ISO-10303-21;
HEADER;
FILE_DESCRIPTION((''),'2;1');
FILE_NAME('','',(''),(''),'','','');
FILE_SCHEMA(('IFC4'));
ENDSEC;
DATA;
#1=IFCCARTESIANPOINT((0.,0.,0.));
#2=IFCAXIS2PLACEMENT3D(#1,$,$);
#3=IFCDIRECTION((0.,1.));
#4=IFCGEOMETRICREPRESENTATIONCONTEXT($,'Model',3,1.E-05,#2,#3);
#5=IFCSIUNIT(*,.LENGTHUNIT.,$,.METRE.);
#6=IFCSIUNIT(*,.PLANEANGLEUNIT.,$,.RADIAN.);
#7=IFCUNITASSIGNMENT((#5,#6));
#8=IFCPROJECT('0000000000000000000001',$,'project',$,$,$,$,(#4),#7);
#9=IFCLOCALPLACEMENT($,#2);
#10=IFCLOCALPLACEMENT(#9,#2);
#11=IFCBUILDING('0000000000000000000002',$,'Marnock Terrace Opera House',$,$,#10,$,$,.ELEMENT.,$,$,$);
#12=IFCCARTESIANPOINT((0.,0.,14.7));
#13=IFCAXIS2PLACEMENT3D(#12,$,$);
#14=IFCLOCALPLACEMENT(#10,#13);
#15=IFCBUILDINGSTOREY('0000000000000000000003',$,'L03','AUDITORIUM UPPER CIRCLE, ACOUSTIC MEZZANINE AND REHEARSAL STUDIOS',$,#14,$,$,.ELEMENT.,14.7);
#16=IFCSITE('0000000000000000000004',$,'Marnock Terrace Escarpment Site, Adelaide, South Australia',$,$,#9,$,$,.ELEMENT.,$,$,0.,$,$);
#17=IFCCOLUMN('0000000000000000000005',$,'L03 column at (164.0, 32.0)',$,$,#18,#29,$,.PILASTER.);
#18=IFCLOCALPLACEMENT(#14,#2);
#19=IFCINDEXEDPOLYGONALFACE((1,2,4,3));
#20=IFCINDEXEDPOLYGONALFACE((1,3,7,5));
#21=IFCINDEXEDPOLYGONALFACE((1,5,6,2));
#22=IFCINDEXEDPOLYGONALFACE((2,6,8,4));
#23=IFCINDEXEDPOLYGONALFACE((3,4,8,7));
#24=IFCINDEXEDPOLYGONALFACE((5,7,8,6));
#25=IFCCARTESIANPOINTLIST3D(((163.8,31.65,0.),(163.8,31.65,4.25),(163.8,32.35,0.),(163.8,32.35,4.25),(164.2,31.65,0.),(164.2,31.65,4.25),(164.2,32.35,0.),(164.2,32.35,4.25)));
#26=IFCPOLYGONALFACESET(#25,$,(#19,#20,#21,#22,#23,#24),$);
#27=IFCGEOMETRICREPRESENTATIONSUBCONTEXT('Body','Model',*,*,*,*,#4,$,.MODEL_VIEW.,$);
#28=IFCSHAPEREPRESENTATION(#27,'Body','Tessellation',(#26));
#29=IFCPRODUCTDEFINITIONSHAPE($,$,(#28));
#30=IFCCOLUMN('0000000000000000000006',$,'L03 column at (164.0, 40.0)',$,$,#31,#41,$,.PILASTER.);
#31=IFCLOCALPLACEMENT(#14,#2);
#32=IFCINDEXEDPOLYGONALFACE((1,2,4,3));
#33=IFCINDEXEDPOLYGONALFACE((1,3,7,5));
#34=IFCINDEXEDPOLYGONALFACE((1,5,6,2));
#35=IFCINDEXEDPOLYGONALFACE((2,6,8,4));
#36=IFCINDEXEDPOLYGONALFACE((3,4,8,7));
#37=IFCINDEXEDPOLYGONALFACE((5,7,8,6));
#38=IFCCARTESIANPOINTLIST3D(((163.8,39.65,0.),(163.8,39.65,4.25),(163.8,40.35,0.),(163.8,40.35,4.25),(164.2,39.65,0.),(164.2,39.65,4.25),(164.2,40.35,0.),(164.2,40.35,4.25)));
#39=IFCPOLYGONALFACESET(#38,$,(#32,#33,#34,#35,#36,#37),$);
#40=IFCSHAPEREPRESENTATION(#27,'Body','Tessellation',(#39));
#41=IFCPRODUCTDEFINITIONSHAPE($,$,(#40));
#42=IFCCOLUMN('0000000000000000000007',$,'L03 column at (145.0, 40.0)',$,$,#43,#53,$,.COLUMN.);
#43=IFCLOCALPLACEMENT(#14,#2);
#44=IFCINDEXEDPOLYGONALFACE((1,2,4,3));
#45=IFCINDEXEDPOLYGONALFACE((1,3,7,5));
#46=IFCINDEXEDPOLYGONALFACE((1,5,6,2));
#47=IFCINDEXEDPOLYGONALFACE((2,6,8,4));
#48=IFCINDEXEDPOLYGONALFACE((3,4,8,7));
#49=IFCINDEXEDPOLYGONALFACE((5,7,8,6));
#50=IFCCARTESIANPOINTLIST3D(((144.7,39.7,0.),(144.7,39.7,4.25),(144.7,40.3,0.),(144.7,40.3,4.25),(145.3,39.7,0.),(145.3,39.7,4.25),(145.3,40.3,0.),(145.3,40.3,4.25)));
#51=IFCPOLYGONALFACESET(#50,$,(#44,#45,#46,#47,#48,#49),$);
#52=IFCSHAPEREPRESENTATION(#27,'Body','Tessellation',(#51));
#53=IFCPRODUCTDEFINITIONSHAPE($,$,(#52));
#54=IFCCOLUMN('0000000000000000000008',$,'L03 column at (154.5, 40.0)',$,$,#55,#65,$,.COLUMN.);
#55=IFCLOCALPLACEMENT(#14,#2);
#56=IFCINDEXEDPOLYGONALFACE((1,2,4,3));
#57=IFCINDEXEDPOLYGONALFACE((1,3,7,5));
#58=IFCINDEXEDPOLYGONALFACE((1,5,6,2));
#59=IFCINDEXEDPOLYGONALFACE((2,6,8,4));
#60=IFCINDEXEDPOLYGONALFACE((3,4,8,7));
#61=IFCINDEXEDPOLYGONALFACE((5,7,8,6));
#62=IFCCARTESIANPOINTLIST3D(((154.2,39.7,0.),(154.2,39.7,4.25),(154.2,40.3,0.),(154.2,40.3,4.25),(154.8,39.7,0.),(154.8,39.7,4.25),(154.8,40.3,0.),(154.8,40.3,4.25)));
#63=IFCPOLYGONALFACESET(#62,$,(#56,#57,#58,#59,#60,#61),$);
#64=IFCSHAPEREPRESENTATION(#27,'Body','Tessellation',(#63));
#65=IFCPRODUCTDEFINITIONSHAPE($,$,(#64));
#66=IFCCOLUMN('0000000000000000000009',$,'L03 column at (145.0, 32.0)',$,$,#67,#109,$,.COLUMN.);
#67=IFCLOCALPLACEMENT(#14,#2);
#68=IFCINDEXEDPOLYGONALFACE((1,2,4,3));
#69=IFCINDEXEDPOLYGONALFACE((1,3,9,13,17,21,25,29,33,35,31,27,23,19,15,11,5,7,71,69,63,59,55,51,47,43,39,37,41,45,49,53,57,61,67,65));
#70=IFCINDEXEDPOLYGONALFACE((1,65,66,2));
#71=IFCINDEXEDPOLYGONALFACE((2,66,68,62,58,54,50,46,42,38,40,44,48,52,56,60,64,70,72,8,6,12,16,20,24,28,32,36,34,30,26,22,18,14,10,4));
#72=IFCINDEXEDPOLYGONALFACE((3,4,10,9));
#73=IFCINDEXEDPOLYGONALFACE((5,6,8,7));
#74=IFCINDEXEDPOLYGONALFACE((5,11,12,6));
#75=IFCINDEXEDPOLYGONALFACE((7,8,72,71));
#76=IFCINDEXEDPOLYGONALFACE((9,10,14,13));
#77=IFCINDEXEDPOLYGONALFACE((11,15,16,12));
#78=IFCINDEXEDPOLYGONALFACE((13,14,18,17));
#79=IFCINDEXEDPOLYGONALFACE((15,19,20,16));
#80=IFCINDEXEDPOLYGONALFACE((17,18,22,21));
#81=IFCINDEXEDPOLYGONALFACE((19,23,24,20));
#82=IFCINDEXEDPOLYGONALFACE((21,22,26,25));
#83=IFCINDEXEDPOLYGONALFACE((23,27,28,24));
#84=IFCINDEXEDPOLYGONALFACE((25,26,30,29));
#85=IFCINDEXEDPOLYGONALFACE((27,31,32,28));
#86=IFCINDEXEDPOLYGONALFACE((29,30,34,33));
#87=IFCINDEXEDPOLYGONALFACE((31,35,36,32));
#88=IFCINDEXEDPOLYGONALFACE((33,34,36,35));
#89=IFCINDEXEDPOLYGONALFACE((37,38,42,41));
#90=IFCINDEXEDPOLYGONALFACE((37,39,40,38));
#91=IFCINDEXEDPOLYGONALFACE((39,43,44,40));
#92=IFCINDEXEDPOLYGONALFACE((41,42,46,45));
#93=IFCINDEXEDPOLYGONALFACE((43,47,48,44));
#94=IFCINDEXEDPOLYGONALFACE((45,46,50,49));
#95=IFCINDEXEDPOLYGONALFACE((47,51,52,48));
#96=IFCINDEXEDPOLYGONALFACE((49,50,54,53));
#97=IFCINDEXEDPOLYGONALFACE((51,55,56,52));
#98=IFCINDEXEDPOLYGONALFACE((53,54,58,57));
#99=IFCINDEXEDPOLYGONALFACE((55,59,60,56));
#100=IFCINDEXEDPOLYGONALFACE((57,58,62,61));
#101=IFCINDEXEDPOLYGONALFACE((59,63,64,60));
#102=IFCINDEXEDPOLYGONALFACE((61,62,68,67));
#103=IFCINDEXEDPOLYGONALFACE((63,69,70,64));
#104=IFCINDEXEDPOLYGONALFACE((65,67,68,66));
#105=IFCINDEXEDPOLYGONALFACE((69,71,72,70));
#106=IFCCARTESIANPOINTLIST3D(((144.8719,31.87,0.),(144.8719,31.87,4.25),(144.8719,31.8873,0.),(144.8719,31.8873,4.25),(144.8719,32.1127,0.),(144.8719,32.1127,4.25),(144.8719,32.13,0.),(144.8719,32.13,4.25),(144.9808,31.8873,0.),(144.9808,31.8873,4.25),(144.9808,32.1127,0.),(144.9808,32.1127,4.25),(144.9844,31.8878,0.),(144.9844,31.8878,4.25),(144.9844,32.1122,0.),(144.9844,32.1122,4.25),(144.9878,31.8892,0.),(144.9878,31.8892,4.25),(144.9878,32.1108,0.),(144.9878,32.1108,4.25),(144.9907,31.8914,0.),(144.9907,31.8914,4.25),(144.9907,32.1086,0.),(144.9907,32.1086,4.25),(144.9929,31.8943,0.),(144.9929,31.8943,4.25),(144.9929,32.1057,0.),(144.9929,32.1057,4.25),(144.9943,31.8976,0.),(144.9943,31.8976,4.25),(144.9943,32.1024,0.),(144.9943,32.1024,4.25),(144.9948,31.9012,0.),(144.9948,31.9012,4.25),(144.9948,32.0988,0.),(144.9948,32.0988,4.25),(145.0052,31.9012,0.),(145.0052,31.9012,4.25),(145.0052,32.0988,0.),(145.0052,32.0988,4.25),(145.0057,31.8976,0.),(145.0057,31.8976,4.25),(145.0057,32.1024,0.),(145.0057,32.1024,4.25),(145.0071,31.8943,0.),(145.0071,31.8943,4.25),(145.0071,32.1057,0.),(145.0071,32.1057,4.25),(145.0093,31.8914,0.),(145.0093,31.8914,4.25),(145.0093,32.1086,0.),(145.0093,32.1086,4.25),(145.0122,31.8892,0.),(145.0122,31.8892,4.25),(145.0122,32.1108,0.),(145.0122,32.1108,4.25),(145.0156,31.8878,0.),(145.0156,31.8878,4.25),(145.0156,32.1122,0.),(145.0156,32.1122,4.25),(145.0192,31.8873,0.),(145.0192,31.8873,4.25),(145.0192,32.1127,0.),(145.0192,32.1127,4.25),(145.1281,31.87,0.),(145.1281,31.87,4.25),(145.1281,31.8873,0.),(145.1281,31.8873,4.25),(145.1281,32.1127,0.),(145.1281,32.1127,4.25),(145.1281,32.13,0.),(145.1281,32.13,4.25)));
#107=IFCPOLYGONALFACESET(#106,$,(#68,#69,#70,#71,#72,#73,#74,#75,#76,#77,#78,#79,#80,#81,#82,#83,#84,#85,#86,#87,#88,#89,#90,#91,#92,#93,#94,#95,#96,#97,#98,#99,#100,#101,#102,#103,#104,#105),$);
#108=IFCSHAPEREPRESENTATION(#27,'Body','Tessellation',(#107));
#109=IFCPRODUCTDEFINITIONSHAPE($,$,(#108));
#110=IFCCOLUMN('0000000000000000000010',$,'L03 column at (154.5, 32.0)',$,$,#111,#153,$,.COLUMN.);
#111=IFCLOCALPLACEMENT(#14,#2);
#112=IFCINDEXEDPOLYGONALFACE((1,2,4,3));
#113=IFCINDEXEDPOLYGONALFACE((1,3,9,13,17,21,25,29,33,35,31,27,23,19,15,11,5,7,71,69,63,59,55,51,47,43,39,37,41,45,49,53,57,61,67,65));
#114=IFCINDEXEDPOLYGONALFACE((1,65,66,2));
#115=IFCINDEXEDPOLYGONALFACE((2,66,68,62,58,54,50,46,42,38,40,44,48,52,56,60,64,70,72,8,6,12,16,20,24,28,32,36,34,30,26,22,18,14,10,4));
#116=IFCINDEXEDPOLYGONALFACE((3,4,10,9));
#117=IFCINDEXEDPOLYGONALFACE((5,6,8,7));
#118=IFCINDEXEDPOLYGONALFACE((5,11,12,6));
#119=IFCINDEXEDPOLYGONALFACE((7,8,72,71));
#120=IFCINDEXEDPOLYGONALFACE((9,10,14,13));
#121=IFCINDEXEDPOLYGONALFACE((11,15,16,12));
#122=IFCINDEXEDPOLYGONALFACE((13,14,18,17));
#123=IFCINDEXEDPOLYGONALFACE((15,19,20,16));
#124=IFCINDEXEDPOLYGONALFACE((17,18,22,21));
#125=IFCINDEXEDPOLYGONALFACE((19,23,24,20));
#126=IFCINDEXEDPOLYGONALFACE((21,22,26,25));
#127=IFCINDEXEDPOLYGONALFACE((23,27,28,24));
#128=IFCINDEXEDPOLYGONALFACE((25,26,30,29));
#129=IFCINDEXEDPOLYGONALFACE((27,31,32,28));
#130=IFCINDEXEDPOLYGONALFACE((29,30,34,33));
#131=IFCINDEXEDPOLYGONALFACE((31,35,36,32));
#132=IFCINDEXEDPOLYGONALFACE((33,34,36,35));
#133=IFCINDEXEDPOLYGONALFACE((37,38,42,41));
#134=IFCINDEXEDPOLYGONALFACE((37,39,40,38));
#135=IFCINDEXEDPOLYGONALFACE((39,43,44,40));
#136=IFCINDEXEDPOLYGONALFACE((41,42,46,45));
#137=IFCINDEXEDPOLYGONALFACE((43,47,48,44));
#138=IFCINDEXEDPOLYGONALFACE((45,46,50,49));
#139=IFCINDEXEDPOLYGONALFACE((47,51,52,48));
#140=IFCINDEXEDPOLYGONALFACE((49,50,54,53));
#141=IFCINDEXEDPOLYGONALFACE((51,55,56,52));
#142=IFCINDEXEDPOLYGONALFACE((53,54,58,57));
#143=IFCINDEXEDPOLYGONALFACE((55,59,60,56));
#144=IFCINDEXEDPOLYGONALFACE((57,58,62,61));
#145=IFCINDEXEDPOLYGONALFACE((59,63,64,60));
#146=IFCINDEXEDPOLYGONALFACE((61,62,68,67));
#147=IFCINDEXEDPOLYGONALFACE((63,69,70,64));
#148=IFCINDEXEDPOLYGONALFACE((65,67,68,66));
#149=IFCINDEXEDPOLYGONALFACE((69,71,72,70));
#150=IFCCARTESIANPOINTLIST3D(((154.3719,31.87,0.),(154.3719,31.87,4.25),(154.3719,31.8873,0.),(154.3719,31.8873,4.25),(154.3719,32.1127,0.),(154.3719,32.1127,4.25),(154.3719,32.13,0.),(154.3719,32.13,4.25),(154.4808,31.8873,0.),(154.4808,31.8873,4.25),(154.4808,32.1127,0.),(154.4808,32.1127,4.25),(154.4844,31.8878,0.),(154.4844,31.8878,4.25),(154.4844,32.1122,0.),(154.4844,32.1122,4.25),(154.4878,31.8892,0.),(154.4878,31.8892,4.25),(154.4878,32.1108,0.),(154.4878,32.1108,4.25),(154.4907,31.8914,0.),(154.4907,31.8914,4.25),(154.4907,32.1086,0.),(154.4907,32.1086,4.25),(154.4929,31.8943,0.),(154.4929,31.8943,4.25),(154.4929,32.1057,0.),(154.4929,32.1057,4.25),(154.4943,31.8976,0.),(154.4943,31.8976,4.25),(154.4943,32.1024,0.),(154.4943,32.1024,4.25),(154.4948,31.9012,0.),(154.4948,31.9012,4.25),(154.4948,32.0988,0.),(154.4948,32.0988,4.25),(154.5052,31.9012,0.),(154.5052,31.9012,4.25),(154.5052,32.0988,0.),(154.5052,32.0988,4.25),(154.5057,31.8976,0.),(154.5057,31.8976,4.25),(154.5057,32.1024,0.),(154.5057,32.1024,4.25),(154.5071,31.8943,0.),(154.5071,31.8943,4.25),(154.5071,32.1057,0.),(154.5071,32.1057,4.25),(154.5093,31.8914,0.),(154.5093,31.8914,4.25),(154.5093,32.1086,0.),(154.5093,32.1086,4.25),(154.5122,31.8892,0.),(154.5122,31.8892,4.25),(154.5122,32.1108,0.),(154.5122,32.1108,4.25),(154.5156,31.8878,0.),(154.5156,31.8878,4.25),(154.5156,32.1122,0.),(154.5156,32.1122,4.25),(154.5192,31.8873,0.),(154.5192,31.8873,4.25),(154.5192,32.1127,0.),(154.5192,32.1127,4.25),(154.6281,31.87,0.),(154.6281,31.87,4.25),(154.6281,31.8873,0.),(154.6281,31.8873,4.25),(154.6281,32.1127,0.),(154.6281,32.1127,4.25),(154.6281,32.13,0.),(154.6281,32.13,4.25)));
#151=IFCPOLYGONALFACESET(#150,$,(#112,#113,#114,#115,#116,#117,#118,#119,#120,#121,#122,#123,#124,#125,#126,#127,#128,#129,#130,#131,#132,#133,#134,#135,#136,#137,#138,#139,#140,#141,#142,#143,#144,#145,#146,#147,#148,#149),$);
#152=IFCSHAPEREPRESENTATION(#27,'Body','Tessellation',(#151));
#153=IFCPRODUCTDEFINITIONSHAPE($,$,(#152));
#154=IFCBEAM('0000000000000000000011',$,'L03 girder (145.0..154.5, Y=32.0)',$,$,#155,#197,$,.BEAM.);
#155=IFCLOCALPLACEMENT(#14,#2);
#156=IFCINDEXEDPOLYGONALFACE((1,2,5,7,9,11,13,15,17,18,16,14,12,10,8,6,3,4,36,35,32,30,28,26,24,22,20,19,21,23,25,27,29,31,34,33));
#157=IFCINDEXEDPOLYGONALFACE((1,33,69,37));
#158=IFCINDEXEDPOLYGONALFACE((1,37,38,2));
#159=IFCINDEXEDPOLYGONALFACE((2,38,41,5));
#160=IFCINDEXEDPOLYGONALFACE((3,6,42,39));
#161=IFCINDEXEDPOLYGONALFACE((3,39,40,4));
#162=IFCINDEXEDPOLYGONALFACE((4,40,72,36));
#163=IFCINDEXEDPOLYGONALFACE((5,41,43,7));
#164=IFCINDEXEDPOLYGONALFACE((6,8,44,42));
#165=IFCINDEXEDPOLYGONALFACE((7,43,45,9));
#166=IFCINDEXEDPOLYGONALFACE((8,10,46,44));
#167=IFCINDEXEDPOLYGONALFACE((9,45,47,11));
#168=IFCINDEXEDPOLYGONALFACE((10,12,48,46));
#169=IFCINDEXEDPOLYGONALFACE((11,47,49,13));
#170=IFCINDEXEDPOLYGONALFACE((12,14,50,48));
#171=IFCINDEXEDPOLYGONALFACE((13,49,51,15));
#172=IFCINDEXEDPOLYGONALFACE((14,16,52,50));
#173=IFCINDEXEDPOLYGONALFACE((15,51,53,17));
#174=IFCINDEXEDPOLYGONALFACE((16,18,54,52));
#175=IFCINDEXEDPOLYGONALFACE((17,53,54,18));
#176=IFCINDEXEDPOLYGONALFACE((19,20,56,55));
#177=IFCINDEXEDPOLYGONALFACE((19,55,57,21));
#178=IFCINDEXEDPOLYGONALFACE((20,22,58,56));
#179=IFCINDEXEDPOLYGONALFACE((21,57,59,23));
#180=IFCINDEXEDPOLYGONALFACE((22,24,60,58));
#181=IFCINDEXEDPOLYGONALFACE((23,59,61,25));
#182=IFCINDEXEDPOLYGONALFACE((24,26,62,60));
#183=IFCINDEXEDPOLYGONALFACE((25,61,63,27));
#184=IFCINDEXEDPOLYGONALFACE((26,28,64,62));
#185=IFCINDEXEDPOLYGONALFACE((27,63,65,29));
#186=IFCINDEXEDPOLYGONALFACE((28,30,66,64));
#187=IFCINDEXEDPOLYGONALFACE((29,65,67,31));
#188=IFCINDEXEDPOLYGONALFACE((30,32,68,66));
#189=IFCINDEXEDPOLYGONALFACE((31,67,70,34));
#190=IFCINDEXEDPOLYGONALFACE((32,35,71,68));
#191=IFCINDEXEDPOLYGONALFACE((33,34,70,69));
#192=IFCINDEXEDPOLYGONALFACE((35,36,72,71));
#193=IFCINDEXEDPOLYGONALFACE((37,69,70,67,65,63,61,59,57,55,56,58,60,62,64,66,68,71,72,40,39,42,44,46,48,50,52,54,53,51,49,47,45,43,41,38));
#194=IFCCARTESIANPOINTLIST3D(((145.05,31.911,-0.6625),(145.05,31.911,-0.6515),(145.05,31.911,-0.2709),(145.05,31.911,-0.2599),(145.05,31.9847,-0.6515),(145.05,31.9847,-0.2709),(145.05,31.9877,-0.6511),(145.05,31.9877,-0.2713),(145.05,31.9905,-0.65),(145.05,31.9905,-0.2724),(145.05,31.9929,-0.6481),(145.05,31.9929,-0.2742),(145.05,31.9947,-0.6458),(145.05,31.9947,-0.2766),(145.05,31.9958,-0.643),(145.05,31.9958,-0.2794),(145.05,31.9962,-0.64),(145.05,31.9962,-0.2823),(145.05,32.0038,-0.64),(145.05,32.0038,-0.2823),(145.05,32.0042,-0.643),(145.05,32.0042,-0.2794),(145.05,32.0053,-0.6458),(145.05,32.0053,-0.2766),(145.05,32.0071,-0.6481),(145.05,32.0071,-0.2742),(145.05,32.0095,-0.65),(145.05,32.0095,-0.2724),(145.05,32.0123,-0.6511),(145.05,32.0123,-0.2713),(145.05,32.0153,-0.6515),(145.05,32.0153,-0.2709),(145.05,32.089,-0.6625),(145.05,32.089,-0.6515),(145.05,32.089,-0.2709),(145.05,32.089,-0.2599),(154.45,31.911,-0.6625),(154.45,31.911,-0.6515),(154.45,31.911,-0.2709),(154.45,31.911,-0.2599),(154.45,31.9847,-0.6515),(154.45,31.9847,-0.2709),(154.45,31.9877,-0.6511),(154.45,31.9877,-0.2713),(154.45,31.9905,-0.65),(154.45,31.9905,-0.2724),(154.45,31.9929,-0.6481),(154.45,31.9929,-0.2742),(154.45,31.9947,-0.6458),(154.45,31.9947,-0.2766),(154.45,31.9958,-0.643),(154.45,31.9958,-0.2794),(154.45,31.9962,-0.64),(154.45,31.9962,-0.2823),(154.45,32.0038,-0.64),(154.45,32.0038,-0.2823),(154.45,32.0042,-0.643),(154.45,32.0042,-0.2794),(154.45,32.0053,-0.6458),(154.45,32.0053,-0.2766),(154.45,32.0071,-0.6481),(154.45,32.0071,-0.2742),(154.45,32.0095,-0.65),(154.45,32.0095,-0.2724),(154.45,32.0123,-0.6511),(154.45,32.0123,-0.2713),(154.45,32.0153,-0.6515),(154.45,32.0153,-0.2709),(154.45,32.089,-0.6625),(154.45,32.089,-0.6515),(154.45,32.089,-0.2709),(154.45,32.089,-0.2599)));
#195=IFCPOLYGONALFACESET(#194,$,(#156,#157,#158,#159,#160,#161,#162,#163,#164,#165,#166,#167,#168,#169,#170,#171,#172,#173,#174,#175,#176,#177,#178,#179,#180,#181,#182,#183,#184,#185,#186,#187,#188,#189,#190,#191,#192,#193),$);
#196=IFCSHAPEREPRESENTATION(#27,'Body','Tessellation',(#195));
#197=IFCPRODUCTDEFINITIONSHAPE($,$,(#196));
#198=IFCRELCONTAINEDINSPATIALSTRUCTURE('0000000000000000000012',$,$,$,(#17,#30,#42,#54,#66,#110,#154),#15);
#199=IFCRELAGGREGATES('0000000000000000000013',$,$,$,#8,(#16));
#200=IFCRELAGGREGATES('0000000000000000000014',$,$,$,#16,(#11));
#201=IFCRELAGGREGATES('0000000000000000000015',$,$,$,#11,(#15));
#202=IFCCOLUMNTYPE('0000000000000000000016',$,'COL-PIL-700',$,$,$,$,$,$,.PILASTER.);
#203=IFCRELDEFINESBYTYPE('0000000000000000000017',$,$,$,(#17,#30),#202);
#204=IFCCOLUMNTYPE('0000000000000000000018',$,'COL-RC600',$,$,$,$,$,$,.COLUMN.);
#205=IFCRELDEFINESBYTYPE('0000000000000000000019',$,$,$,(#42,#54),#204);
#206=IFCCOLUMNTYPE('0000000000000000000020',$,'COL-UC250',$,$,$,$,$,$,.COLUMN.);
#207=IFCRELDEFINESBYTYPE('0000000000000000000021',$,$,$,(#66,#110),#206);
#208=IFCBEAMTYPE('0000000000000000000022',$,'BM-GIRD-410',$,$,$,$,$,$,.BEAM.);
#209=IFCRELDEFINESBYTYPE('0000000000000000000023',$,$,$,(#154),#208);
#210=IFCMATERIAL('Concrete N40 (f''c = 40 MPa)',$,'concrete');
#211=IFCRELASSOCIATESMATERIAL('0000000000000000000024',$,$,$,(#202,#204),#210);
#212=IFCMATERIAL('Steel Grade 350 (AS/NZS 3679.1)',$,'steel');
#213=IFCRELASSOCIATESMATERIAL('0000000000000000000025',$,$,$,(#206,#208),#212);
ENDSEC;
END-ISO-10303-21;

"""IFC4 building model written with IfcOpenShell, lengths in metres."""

from ifc_helpers import new_model, si_unit, direction, frame, origin, origin_2d, place, context, subcontext, project, spatial, rectangle, i_section, extrude, material, material_profile, profile_set, type_object, element, save


model = new_model("IFC4")

# Units and contexts
model_context = context("Model", 3, precision=1e-05, world=origin(), true_north=direction((0.0, 1.0)))
body_context = subcontext(model_context, "Body", "Model", "MODEL_VIEW")
ifc_project = project(units=[si_unit("LENGTHUNIT", "METRE"), si_unit("PLANEANGLEUNIT", "RADIAN")], contexts=[model_context])

# Site, building, storey
site_placement = place(None, origin())
site = spatial("IfcSite", under=ifc_project, at=site_placement, Name="Marnock Terrace Escarpment Site, Adelaide, South Australia", CompositionType="ELEMENT", RefElevation=0.0)
building_placement = place(site_placement, origin())
building = spatial("IfcBuilding", under=site, at=building_placement, Name="Marnock Terrace Opera House", CompositionType="ELEMENT")
storey_placement = place(building_placement, frame((0.0, 0.0, 14.7)))
storey = spatial("IfcBuildingStorey", under=building, at=storey_placement, Name="L03", Description="AUDITORIUM UPPER CIRCLE, ACOUSTIC MEZZANINE AND REHEARSAL STUDIOS", CompositionType="ELEMENT", Elevation=14.7)

# Columns
ifc_material_1 = material(Name="Concrete N40 (f'c = 40 MPa)", Category="concrete")
ifc_material_profile_1 = material_profile(ifc_material_1, rectangle(XDim=0.3999, YDim=0.7, at=origin_2d()))
ifc_profile_set_1 = profile_set([ifc_material_profile_1], Name="Concrete N40 (f'c = 40 MPa)")
column_type_1 = type_object("IfcColumnType", Name="COL-PIL-700", PredefinedType="PILASTER", material=ifc_profile_set_1)
for number, where, z_axis, x_axis, name in (
    (1, (164.0, 32.0, 0.0), (0.0, 0.0, 1.0), (1.0, 0.0, 0.0), "L03 column at (164.0, 32.0)"),
    (2, (164.0, 40.0, 0.0), (0.0, 0.0, 1.0), (1.0, 0.0, 0.0), "L03 column at (164.0, 40.0)"),
):
    element("IfcColumn", number, at=place(storey_placement, frame(where, z_axis=z_axis, x_axis=x_axis)), inside=storey, type_object=column_type_1, Name=name, PredefinedType="PILASTER", context=body_context, shape_type="SweptSolid", body=[
        extrude(rectangle(XDim=0.3999, YDim=0.7, at=origin_2d()), origin(), (0.0, 0.0, 1.0), 4.25),
    ])
ifc_material_profile_2 = material_profile(ifc_material_1, rectangle(XDim=0.6001, YDim=0.6001, at=origin_2d()))
ifc_profile_set_2 = profile_set([ifc_material_profile_2], Name="Concrete N40 (f'c = 40 MPa)")
column_type_2 = type_object("IfcColumnType", Name="COL-RC600", PredefinedType="COLUMN", material=ifc_profile_set_2)
for number, where, z_axis, x_axis, name in (
    (3, (145.0, 40.0, 0.0), (0.0, 0.0, 1.0), (1.0, 0.0, 0.0), "L03 column at (145.0, 40.0)"),
    (4, (154.5, 40.0, 0.0), (0.0, 0.0, 1.0), (1.0, 0.0, 0.0), "L03 column at (154.5, 40.0)"),
):
    element("IfcColumn", number, at=place(storey_placement, frame(where, z_axis=z_axis, x_axis=x_axis)), inside=storey, type_object=column_type_2, Name=name, PredefinedType="COLUMN", context=body_context, shape_type="SweptSolid", body=[
        extrude(rectangle(XDim=0.6001, YDim=0.6001, at=origin_2d()), origin(), (0.0, 0.0, 1.0), 4.25),
    ])
ifc_material_2 = material(Name="Steel Grade 350 (AS/NZS 3679.1)", Category="steel")
ifc_material_profile_3 = material_profile(ifc_material_2, i_section(OverallWidth=0.2561, OverallDepth=0.26, WebThickness=0.0105, FlangeThickness=0.0173, FilletRadius=0.0139, at=origin_2d()))
ifc_profile_set_3 = profile_set([ifc_material_profile_3], Name="Steel Grade 350 (AS/NZS 3679.1)")
column_type_3 = type_object("IfcColumnType", Name="COL-UC250", PredefinedType="COLUMN", material=ifc_profile_set_3)
for number, where, z_axis, x_axis, name in (
    (5, (145.0, 32.0, 0.0), (0.0, 0.0, 1.0), (1.0, 0.0, 0.0), "L03 column at (145.0, 32.0)"),
    (6, (154.5, 32.0, 0.0), (0.0, 0.0, 1.0), (1.0, 0.0, 0.0), "L03 column at (154.5, 32.0)"),
):
    element("IfcColumn", number, at=place(storey_placement, frame(where, z_axis=z_axis, x_axis=x_axis)), inside=storey, type_object=column_type_3, Name=name, PredefinedType="COLUMN", context=body_context, shape_type="SweptSolid", body=[
        extrude(i_section(OverallWidth=0.2561, OverallDepth=0.26, WebThickness=0.0105, FlangeThickness=0.0173, FilletRadius=0.0139, at=origin_2d()), origin(), (0.0, 0.0, 1.0), 4.25),
    ])

# Beam
ifc_material_profile_4 = material_profile(ifc_material_2, i_section(OverallWidth=0.178, OverallDepth=0.4026, WebThickness=0.0076, FlangeThickness=0.011, FilletRadius=0.0115, at=origin_2d()))
ifc_profile_set_4 = profile_set([ifc_material_profile_4], Name="Steel Grade 350 (AS/NZS 3679.1)")
beam_type_1 = type_object("IfcBeamType", Name="BM-GIRD-410", PredefinedType="BEAM", material=ifc_profile_set_4)
for number, where, z_axis, x_axis, name in (
    (7, (145.05, 32.0, -0.4612), (1.0, 0.0, 0.0), (0.0, 1.0, 0.0), "L03 girder (145.0..154.5, Y=32.0)"),
):
    element("IfcBeam", number, at=place(storey_placement, frame(where, z_axis=z_axis, x_axis=x_axis)), inside=storey, type_object=beam_type_1, Name=name, PredefinedType="BEAM", context=body_context, shape_type="SweptSolid", body=[
        extrude(i_section(OverallWidth=0.178, OverallDepth=0.4026, WebThickness=0.0076, FlangeThickness=0.011, FilletRadius=0.0115, at=origin_2d()), origin(), (0.0, 0.0, 1.0), 9.3999),
    ])

save(model, "model.ifc")
